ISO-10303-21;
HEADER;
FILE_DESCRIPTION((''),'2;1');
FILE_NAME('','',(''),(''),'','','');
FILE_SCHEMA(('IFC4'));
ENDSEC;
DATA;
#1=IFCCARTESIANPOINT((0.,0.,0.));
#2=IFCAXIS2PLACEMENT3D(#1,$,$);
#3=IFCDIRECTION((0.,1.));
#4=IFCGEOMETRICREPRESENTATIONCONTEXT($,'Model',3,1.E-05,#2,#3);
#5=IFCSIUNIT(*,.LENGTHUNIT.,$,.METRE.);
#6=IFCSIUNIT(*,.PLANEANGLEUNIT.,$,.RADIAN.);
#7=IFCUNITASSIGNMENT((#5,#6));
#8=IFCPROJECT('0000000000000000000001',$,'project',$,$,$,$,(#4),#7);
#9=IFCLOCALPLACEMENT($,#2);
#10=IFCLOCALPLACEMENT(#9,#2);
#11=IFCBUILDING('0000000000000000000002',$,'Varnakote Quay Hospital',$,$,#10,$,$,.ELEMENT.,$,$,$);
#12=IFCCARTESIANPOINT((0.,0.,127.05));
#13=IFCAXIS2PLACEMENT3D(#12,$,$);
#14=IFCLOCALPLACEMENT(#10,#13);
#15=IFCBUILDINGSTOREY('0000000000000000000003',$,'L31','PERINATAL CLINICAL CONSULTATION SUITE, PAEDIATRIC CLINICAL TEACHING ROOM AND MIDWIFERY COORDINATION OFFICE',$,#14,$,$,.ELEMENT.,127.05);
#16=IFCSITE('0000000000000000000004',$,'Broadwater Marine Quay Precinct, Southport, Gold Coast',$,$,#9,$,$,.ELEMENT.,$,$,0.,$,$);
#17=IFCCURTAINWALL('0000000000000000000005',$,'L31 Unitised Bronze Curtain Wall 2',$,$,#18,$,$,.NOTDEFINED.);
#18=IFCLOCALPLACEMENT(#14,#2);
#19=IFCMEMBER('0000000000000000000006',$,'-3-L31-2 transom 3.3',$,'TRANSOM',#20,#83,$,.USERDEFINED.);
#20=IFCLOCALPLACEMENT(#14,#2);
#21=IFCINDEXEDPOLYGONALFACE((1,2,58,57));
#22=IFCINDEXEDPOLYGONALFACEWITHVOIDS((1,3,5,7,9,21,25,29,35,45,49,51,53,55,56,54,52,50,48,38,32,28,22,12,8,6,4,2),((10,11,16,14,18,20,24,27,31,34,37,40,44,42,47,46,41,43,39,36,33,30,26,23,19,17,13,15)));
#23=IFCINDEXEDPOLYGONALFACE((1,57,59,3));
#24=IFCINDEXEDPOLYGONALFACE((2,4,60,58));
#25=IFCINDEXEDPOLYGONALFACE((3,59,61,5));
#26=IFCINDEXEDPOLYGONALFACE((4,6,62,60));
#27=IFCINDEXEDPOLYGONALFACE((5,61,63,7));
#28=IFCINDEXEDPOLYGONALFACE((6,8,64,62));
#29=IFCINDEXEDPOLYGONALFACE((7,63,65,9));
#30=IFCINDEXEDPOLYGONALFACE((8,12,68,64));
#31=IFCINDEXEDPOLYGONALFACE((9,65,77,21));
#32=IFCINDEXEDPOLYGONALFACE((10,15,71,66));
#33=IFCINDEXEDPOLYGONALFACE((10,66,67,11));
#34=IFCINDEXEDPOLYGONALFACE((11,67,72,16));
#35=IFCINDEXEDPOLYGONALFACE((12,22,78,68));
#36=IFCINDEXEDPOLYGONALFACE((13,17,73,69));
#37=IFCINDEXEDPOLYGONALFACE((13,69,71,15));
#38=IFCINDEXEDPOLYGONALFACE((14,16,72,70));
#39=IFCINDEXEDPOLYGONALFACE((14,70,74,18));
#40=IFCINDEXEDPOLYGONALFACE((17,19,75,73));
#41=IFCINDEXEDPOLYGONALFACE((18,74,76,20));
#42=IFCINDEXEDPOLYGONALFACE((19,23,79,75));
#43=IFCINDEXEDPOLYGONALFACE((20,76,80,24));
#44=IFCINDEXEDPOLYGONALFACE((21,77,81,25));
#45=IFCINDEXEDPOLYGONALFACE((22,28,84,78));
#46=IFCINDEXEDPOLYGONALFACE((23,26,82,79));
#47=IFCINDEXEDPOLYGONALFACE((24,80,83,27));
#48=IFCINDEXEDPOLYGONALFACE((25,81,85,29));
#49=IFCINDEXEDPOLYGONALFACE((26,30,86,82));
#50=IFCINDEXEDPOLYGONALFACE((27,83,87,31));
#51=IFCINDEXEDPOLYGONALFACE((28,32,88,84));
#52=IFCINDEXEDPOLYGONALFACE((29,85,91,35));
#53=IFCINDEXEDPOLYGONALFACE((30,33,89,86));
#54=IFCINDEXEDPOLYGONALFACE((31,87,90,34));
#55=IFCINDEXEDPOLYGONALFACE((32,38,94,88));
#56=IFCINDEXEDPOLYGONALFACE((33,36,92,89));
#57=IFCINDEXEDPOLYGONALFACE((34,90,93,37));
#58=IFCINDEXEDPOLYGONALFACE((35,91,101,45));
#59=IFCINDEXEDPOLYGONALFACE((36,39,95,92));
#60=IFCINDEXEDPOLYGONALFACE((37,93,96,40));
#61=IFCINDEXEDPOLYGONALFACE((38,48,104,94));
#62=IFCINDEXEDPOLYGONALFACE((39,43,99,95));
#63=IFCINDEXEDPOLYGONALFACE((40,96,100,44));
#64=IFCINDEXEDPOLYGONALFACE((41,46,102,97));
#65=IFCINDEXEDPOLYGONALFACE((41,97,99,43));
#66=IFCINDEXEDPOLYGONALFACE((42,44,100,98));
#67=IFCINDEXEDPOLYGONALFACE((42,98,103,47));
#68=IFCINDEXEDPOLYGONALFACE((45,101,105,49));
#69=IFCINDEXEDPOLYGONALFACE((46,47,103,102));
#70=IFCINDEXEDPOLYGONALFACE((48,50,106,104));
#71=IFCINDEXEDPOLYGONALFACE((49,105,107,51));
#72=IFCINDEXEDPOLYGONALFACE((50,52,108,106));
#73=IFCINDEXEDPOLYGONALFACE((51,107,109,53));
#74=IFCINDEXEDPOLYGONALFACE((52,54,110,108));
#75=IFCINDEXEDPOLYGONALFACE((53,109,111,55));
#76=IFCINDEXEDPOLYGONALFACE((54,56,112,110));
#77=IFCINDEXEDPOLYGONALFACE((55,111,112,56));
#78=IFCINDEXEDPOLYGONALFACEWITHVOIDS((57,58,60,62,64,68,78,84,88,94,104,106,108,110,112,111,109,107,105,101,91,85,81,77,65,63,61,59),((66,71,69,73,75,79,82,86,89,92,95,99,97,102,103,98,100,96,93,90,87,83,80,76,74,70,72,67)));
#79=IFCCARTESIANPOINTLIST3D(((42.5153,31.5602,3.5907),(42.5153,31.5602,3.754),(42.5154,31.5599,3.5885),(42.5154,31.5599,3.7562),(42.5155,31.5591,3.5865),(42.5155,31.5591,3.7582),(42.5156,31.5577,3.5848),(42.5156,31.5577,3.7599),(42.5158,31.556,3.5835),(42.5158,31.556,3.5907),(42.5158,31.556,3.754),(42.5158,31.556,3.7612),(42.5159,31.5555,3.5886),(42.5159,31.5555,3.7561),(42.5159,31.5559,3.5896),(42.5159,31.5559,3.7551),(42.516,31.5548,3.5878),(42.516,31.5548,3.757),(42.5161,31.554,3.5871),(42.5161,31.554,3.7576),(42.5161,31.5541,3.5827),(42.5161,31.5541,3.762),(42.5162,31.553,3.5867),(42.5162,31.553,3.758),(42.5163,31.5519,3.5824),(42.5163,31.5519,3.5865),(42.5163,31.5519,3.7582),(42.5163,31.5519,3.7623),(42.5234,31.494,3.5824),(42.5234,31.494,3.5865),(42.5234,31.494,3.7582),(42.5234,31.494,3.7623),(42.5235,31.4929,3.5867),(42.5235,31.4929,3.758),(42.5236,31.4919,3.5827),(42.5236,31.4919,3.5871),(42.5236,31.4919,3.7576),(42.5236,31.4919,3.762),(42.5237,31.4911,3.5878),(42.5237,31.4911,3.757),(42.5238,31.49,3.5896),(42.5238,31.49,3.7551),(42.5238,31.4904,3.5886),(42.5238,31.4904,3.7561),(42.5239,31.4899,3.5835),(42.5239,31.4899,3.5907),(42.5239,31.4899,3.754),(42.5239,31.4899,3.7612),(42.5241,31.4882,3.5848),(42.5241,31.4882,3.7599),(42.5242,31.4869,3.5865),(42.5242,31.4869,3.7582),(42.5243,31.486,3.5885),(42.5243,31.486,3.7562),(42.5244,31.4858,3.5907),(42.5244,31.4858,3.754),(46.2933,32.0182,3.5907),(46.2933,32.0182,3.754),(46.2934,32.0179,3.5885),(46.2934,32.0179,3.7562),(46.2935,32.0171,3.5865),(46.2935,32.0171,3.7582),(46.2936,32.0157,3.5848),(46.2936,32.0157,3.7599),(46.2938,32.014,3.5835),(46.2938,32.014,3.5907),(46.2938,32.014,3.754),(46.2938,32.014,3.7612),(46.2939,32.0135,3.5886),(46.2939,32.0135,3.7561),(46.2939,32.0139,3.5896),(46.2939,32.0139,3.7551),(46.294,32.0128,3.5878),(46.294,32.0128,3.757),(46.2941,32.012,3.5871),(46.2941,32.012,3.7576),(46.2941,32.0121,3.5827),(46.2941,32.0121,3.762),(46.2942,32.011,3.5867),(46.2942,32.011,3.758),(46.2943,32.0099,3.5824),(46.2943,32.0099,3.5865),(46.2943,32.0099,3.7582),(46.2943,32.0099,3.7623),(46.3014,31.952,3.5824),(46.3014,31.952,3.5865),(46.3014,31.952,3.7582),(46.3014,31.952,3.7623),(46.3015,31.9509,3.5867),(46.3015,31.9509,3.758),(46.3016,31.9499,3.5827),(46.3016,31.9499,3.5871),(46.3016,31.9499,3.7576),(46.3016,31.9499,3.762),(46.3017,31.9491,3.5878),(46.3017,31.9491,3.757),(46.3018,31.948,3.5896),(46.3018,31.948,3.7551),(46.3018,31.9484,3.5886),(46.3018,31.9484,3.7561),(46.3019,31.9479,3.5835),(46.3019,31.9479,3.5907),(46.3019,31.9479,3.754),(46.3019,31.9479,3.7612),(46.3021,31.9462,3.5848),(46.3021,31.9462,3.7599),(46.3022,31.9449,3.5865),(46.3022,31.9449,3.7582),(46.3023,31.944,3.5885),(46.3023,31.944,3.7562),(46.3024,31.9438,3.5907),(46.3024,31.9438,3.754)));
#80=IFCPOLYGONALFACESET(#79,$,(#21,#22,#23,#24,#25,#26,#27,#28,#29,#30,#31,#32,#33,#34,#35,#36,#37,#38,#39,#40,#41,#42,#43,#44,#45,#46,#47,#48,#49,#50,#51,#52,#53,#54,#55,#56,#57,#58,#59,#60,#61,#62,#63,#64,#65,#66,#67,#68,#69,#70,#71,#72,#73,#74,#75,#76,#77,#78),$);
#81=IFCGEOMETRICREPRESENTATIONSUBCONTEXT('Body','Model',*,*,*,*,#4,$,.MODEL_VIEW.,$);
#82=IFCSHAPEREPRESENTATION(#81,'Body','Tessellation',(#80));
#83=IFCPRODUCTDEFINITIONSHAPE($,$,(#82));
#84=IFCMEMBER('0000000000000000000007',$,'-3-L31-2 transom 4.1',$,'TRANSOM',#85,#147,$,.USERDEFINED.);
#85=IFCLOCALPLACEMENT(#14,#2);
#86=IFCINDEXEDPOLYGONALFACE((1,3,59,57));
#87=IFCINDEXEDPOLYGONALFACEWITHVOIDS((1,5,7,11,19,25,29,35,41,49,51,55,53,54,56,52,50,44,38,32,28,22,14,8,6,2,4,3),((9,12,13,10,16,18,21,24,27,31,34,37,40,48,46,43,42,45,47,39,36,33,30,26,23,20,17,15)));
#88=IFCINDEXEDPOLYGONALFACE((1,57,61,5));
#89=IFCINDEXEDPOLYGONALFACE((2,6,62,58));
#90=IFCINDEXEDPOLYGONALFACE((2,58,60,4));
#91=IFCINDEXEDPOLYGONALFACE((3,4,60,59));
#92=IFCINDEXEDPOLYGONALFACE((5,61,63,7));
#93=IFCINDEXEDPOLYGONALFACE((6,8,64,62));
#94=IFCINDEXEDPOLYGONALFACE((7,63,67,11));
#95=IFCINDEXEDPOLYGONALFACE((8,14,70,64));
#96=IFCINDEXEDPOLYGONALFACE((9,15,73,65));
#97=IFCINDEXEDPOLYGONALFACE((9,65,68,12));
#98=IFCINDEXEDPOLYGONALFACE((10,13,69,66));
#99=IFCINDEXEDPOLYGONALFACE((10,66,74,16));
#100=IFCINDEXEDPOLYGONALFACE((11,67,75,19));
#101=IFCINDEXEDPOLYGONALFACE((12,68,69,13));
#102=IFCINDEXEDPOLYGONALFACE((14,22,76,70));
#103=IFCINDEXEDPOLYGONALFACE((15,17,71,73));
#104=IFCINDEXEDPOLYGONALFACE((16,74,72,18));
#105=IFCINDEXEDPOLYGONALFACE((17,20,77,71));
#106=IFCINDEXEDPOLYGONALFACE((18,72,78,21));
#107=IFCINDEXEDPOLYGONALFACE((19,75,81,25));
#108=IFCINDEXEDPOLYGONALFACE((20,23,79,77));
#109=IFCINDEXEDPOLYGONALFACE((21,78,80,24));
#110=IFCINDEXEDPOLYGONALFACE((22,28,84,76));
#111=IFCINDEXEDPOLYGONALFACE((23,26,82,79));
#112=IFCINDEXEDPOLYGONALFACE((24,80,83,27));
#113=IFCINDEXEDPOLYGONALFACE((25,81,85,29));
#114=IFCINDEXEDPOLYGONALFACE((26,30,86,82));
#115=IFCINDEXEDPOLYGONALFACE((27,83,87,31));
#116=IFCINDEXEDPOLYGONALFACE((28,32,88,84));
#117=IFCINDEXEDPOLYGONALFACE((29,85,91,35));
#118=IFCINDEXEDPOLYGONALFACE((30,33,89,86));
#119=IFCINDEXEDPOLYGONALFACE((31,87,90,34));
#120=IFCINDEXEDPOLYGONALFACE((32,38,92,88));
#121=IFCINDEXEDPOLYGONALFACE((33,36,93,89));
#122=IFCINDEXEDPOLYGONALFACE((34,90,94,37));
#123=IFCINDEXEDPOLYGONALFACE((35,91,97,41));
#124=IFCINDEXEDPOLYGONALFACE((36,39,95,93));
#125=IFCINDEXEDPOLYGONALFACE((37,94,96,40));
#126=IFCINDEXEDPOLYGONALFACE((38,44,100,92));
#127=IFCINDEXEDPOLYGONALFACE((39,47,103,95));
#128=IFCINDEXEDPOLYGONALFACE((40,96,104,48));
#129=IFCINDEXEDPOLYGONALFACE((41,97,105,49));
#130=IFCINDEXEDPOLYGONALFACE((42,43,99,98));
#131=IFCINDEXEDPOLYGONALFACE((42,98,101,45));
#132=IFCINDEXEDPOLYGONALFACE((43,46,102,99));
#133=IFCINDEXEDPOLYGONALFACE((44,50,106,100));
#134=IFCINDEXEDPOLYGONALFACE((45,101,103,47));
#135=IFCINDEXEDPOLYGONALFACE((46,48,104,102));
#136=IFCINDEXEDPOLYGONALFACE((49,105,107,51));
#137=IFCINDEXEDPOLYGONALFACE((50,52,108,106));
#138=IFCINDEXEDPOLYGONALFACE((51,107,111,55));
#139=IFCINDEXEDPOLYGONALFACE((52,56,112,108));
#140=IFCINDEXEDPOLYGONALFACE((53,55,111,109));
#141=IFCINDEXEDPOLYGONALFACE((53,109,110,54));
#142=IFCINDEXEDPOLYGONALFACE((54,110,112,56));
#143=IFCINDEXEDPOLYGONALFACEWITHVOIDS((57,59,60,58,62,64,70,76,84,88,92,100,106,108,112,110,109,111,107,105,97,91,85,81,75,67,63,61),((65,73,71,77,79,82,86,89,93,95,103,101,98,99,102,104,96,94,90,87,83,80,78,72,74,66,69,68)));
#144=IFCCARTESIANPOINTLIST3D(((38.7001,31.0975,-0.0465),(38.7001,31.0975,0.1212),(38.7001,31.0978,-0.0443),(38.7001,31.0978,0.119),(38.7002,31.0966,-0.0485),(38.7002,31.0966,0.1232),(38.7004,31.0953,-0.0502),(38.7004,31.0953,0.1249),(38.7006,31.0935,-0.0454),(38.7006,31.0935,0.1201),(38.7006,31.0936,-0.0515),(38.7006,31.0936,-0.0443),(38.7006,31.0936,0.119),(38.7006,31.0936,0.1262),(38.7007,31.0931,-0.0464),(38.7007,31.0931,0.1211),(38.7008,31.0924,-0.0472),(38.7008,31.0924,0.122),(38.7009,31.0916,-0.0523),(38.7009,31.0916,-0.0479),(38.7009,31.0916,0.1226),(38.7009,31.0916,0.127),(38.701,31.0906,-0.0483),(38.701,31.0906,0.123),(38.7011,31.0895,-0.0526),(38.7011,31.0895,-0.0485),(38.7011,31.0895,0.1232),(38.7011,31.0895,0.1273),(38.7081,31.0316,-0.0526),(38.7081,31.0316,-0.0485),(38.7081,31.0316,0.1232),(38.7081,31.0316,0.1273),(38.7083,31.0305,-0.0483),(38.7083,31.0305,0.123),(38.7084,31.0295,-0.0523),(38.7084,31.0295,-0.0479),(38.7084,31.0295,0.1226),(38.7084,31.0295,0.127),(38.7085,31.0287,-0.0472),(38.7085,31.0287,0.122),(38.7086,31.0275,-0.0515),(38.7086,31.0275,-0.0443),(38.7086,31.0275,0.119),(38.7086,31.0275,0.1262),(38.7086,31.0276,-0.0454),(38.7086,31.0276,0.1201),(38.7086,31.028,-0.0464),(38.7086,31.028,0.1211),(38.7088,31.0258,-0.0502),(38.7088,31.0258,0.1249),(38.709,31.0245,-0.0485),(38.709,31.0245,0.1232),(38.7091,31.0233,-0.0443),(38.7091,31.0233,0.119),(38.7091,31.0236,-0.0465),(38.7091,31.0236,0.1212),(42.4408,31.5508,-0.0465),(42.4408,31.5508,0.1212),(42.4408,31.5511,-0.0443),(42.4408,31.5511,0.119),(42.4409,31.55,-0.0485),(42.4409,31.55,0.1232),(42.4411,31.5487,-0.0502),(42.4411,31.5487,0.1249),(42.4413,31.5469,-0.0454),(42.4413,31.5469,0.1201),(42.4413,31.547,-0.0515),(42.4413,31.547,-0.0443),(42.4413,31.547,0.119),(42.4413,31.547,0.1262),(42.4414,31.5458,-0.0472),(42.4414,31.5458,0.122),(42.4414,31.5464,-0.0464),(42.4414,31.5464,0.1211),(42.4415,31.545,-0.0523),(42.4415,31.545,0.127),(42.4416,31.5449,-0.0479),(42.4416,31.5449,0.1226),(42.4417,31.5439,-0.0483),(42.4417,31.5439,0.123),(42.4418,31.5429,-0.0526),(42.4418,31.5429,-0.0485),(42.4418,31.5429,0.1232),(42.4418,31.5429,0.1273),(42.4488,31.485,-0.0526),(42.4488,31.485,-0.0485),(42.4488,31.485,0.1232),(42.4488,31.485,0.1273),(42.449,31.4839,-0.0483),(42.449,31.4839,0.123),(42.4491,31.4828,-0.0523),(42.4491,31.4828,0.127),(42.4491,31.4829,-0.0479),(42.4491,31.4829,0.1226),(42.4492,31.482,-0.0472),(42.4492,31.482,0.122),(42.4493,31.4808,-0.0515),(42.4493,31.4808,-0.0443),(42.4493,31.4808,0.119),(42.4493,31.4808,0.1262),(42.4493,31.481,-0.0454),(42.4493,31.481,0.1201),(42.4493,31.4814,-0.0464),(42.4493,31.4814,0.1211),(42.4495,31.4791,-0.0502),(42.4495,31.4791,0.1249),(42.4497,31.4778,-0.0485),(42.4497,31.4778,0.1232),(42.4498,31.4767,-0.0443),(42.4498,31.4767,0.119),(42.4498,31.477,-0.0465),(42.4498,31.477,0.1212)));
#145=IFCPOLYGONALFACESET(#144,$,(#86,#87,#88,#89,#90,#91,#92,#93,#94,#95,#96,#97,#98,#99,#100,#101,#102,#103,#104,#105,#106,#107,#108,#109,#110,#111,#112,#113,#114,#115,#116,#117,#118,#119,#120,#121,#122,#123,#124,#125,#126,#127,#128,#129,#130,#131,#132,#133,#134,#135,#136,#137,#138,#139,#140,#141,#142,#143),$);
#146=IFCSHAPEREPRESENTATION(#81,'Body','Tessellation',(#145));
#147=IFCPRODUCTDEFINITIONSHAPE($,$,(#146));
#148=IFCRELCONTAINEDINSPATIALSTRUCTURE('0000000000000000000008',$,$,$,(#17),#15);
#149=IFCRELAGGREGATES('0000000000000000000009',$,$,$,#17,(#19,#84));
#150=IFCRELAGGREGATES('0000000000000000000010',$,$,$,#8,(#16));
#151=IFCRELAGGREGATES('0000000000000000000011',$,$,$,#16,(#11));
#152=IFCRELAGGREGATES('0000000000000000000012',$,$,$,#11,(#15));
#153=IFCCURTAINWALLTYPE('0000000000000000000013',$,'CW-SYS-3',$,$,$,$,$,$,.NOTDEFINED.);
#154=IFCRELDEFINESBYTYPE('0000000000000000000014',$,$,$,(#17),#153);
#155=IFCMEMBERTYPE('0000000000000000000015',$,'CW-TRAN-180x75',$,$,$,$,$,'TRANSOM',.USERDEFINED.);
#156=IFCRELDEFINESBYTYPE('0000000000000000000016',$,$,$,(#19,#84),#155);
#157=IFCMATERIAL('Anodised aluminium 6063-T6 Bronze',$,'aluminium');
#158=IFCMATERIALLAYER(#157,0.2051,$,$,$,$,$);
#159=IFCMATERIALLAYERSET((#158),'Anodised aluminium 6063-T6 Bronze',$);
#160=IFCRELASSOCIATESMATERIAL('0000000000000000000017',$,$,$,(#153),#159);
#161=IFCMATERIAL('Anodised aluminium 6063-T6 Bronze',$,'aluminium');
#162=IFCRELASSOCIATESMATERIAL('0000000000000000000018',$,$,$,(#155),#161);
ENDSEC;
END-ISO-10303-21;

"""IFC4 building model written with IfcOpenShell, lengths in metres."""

from ifc_helpers import new_model, si_unit, direction, frame, origin, origin_2d, place, context, subcontext, project, spatial, hollow_rectangle, extrude, material, layer, layer_set, material_profile, profile_set, type_object, element, aggregate, save


model = new_model("IFC4")

# Units and contexts
model_context = context("Model", 3, precision=1e-05, world=origin(), true_north=direction((0.0, 1.0)))
body_context = subcontext(model_context, "Body", "Model", "MODEL_VIEW")
ifc_project = project(units=[si_unit("LENGTHUNIT", "METRE"), si_unit("PLANEANGLEUNIT", "RADIAN")], contexts=[model_context])

# Site, building, storey
site_placement = place(None, origin())
site = spatial("IfcSite", under=ifc_project, at=site_placement, Name="Broadwater Marine Quay Precinct, Southport, Gold Coast", CompositionType="ELEMENT", RefElevation=0.0)
building_placement = place(site_placement, origin())
building = spatial("IfcBuilding", under=site, at=building_placement, Name="Varnakote Quay Hospital", CompositionType="ELEMENT")
storey_placement = place(building_placement, frame((0.0, 0.0, 127.05)))
storey = spatial("IfcBuildingStorey", under=building, at=storey_placement, Name="L31", Description="PERINATAL CLINICAL CONSULTATION SUITE, PAEDIATRIC CLINICAL TEACHING ROOM AND MIDWIFERY COORDINATION OFFICE", CompositionType="ELEMENT", Elevation=127.05)

# Curtain wall, members
ifc_material_1 = material(Name="Anodised aluminium 6063-T6 Bronze", Category="aluminium")
ifc_layer_1 = layer(ifc_material_1, 0.2051)
ifc_layer_set_1 = layer_set([ifc_layer_1], Name="Anodised aluminium 6063-T6 Bronze")
curtain_wall_type = type_object("IfcCurtainWallType", Name="CW-SYS-3", PredefinedType="NOTDEFINED", material=ifc_layer_set_1)
curtain_wall_placement = place(storey_placement, origin())
curtain_wall = element("IfcCurtainWall", 1, at=curtain_wall_placement, inside=storey, type_object=curtain_wall_type, Name="L31 Unitised Bronze Curtain Wall 2", PredefinedType="NOTDEFINED")
ifc_material_2 = material(Name="Anodised aluminium 6063-T6 Bronze", Category="aluminium")
ifc_material_profile_1 = material_profile(ifc_material_2, hollow_rectangle(XDim=0.075, YDim=0.1799, WallThickness=0.0042, InnerFilletRadius=0.0042, OuterFilletRadius=0.0083, at=origin_2d()), Name="CW-TRAN-180x75")
ifc_profile_set_1 = profile_set([ifc_material_profile_1], Name="Anodised aluminium 6063-T6 Bronze")
member_type_1 = type_object("IfcMemberType", Name="CW-TRAN-180x75", ElementType="TRANSOM", PredefinedType="USERDEFINED", material=ifc_profile_set_1)
member_1_placement = place(storey_placement, frame((46.2979, 31.981, 3.6724), z_axis=(-0.992732, -0.120347, 0.0), x_axis=(0.120347, -0.992732, 0.0)))
member_1 = element("IfcMember", 2, at=member_1_placement, type_object=member_type_1, Name="-3-L31-2 transom 3.3", ObjectType="TRANSOM", PredefinedType="USERDEFINED", context=body_context, shape_type="SweptSolid", body=[
    extrude(hollow_rectangle(XDim=0.075, YDim=0.1799, WallThickness=0.0042, InnerFilletRadius=0.0042, OuterFilletRadius=0.0083, at=origin_2d()), origin(), (0.0, 0.0, 1.0), 3.8057),
])
member_2_placement = place(storey_placement, frame((42.4453, 31.5139, 0.0374), z_axis=(-0.992735, -0.120318, 0.0), x_axis=(0.120318, -0.992735, 0.0)))
member_2 = element("IfcMember", 3, at=member_2_placement, type_object=member_type_1, Name="-3-L31-2 transom 4.1", ObjectType="TRANSOM", PredefinedType="USERDEFINED", context=body_context, shape_type="SweptSolid", body=[
    extrude(hollow_rectangle(XDim=0.075, YDim=0.1799, WallThickness=0.0042, InnerFilletRadius=0.0042, OuterFilletRadius=0.0083, at=origin_2d()), origin(), (0.0, 0.0, 1.0), 3.7681),
])
aggregate(curtain_wall, [member_1, member_2])

save(model, "model.ifc")
